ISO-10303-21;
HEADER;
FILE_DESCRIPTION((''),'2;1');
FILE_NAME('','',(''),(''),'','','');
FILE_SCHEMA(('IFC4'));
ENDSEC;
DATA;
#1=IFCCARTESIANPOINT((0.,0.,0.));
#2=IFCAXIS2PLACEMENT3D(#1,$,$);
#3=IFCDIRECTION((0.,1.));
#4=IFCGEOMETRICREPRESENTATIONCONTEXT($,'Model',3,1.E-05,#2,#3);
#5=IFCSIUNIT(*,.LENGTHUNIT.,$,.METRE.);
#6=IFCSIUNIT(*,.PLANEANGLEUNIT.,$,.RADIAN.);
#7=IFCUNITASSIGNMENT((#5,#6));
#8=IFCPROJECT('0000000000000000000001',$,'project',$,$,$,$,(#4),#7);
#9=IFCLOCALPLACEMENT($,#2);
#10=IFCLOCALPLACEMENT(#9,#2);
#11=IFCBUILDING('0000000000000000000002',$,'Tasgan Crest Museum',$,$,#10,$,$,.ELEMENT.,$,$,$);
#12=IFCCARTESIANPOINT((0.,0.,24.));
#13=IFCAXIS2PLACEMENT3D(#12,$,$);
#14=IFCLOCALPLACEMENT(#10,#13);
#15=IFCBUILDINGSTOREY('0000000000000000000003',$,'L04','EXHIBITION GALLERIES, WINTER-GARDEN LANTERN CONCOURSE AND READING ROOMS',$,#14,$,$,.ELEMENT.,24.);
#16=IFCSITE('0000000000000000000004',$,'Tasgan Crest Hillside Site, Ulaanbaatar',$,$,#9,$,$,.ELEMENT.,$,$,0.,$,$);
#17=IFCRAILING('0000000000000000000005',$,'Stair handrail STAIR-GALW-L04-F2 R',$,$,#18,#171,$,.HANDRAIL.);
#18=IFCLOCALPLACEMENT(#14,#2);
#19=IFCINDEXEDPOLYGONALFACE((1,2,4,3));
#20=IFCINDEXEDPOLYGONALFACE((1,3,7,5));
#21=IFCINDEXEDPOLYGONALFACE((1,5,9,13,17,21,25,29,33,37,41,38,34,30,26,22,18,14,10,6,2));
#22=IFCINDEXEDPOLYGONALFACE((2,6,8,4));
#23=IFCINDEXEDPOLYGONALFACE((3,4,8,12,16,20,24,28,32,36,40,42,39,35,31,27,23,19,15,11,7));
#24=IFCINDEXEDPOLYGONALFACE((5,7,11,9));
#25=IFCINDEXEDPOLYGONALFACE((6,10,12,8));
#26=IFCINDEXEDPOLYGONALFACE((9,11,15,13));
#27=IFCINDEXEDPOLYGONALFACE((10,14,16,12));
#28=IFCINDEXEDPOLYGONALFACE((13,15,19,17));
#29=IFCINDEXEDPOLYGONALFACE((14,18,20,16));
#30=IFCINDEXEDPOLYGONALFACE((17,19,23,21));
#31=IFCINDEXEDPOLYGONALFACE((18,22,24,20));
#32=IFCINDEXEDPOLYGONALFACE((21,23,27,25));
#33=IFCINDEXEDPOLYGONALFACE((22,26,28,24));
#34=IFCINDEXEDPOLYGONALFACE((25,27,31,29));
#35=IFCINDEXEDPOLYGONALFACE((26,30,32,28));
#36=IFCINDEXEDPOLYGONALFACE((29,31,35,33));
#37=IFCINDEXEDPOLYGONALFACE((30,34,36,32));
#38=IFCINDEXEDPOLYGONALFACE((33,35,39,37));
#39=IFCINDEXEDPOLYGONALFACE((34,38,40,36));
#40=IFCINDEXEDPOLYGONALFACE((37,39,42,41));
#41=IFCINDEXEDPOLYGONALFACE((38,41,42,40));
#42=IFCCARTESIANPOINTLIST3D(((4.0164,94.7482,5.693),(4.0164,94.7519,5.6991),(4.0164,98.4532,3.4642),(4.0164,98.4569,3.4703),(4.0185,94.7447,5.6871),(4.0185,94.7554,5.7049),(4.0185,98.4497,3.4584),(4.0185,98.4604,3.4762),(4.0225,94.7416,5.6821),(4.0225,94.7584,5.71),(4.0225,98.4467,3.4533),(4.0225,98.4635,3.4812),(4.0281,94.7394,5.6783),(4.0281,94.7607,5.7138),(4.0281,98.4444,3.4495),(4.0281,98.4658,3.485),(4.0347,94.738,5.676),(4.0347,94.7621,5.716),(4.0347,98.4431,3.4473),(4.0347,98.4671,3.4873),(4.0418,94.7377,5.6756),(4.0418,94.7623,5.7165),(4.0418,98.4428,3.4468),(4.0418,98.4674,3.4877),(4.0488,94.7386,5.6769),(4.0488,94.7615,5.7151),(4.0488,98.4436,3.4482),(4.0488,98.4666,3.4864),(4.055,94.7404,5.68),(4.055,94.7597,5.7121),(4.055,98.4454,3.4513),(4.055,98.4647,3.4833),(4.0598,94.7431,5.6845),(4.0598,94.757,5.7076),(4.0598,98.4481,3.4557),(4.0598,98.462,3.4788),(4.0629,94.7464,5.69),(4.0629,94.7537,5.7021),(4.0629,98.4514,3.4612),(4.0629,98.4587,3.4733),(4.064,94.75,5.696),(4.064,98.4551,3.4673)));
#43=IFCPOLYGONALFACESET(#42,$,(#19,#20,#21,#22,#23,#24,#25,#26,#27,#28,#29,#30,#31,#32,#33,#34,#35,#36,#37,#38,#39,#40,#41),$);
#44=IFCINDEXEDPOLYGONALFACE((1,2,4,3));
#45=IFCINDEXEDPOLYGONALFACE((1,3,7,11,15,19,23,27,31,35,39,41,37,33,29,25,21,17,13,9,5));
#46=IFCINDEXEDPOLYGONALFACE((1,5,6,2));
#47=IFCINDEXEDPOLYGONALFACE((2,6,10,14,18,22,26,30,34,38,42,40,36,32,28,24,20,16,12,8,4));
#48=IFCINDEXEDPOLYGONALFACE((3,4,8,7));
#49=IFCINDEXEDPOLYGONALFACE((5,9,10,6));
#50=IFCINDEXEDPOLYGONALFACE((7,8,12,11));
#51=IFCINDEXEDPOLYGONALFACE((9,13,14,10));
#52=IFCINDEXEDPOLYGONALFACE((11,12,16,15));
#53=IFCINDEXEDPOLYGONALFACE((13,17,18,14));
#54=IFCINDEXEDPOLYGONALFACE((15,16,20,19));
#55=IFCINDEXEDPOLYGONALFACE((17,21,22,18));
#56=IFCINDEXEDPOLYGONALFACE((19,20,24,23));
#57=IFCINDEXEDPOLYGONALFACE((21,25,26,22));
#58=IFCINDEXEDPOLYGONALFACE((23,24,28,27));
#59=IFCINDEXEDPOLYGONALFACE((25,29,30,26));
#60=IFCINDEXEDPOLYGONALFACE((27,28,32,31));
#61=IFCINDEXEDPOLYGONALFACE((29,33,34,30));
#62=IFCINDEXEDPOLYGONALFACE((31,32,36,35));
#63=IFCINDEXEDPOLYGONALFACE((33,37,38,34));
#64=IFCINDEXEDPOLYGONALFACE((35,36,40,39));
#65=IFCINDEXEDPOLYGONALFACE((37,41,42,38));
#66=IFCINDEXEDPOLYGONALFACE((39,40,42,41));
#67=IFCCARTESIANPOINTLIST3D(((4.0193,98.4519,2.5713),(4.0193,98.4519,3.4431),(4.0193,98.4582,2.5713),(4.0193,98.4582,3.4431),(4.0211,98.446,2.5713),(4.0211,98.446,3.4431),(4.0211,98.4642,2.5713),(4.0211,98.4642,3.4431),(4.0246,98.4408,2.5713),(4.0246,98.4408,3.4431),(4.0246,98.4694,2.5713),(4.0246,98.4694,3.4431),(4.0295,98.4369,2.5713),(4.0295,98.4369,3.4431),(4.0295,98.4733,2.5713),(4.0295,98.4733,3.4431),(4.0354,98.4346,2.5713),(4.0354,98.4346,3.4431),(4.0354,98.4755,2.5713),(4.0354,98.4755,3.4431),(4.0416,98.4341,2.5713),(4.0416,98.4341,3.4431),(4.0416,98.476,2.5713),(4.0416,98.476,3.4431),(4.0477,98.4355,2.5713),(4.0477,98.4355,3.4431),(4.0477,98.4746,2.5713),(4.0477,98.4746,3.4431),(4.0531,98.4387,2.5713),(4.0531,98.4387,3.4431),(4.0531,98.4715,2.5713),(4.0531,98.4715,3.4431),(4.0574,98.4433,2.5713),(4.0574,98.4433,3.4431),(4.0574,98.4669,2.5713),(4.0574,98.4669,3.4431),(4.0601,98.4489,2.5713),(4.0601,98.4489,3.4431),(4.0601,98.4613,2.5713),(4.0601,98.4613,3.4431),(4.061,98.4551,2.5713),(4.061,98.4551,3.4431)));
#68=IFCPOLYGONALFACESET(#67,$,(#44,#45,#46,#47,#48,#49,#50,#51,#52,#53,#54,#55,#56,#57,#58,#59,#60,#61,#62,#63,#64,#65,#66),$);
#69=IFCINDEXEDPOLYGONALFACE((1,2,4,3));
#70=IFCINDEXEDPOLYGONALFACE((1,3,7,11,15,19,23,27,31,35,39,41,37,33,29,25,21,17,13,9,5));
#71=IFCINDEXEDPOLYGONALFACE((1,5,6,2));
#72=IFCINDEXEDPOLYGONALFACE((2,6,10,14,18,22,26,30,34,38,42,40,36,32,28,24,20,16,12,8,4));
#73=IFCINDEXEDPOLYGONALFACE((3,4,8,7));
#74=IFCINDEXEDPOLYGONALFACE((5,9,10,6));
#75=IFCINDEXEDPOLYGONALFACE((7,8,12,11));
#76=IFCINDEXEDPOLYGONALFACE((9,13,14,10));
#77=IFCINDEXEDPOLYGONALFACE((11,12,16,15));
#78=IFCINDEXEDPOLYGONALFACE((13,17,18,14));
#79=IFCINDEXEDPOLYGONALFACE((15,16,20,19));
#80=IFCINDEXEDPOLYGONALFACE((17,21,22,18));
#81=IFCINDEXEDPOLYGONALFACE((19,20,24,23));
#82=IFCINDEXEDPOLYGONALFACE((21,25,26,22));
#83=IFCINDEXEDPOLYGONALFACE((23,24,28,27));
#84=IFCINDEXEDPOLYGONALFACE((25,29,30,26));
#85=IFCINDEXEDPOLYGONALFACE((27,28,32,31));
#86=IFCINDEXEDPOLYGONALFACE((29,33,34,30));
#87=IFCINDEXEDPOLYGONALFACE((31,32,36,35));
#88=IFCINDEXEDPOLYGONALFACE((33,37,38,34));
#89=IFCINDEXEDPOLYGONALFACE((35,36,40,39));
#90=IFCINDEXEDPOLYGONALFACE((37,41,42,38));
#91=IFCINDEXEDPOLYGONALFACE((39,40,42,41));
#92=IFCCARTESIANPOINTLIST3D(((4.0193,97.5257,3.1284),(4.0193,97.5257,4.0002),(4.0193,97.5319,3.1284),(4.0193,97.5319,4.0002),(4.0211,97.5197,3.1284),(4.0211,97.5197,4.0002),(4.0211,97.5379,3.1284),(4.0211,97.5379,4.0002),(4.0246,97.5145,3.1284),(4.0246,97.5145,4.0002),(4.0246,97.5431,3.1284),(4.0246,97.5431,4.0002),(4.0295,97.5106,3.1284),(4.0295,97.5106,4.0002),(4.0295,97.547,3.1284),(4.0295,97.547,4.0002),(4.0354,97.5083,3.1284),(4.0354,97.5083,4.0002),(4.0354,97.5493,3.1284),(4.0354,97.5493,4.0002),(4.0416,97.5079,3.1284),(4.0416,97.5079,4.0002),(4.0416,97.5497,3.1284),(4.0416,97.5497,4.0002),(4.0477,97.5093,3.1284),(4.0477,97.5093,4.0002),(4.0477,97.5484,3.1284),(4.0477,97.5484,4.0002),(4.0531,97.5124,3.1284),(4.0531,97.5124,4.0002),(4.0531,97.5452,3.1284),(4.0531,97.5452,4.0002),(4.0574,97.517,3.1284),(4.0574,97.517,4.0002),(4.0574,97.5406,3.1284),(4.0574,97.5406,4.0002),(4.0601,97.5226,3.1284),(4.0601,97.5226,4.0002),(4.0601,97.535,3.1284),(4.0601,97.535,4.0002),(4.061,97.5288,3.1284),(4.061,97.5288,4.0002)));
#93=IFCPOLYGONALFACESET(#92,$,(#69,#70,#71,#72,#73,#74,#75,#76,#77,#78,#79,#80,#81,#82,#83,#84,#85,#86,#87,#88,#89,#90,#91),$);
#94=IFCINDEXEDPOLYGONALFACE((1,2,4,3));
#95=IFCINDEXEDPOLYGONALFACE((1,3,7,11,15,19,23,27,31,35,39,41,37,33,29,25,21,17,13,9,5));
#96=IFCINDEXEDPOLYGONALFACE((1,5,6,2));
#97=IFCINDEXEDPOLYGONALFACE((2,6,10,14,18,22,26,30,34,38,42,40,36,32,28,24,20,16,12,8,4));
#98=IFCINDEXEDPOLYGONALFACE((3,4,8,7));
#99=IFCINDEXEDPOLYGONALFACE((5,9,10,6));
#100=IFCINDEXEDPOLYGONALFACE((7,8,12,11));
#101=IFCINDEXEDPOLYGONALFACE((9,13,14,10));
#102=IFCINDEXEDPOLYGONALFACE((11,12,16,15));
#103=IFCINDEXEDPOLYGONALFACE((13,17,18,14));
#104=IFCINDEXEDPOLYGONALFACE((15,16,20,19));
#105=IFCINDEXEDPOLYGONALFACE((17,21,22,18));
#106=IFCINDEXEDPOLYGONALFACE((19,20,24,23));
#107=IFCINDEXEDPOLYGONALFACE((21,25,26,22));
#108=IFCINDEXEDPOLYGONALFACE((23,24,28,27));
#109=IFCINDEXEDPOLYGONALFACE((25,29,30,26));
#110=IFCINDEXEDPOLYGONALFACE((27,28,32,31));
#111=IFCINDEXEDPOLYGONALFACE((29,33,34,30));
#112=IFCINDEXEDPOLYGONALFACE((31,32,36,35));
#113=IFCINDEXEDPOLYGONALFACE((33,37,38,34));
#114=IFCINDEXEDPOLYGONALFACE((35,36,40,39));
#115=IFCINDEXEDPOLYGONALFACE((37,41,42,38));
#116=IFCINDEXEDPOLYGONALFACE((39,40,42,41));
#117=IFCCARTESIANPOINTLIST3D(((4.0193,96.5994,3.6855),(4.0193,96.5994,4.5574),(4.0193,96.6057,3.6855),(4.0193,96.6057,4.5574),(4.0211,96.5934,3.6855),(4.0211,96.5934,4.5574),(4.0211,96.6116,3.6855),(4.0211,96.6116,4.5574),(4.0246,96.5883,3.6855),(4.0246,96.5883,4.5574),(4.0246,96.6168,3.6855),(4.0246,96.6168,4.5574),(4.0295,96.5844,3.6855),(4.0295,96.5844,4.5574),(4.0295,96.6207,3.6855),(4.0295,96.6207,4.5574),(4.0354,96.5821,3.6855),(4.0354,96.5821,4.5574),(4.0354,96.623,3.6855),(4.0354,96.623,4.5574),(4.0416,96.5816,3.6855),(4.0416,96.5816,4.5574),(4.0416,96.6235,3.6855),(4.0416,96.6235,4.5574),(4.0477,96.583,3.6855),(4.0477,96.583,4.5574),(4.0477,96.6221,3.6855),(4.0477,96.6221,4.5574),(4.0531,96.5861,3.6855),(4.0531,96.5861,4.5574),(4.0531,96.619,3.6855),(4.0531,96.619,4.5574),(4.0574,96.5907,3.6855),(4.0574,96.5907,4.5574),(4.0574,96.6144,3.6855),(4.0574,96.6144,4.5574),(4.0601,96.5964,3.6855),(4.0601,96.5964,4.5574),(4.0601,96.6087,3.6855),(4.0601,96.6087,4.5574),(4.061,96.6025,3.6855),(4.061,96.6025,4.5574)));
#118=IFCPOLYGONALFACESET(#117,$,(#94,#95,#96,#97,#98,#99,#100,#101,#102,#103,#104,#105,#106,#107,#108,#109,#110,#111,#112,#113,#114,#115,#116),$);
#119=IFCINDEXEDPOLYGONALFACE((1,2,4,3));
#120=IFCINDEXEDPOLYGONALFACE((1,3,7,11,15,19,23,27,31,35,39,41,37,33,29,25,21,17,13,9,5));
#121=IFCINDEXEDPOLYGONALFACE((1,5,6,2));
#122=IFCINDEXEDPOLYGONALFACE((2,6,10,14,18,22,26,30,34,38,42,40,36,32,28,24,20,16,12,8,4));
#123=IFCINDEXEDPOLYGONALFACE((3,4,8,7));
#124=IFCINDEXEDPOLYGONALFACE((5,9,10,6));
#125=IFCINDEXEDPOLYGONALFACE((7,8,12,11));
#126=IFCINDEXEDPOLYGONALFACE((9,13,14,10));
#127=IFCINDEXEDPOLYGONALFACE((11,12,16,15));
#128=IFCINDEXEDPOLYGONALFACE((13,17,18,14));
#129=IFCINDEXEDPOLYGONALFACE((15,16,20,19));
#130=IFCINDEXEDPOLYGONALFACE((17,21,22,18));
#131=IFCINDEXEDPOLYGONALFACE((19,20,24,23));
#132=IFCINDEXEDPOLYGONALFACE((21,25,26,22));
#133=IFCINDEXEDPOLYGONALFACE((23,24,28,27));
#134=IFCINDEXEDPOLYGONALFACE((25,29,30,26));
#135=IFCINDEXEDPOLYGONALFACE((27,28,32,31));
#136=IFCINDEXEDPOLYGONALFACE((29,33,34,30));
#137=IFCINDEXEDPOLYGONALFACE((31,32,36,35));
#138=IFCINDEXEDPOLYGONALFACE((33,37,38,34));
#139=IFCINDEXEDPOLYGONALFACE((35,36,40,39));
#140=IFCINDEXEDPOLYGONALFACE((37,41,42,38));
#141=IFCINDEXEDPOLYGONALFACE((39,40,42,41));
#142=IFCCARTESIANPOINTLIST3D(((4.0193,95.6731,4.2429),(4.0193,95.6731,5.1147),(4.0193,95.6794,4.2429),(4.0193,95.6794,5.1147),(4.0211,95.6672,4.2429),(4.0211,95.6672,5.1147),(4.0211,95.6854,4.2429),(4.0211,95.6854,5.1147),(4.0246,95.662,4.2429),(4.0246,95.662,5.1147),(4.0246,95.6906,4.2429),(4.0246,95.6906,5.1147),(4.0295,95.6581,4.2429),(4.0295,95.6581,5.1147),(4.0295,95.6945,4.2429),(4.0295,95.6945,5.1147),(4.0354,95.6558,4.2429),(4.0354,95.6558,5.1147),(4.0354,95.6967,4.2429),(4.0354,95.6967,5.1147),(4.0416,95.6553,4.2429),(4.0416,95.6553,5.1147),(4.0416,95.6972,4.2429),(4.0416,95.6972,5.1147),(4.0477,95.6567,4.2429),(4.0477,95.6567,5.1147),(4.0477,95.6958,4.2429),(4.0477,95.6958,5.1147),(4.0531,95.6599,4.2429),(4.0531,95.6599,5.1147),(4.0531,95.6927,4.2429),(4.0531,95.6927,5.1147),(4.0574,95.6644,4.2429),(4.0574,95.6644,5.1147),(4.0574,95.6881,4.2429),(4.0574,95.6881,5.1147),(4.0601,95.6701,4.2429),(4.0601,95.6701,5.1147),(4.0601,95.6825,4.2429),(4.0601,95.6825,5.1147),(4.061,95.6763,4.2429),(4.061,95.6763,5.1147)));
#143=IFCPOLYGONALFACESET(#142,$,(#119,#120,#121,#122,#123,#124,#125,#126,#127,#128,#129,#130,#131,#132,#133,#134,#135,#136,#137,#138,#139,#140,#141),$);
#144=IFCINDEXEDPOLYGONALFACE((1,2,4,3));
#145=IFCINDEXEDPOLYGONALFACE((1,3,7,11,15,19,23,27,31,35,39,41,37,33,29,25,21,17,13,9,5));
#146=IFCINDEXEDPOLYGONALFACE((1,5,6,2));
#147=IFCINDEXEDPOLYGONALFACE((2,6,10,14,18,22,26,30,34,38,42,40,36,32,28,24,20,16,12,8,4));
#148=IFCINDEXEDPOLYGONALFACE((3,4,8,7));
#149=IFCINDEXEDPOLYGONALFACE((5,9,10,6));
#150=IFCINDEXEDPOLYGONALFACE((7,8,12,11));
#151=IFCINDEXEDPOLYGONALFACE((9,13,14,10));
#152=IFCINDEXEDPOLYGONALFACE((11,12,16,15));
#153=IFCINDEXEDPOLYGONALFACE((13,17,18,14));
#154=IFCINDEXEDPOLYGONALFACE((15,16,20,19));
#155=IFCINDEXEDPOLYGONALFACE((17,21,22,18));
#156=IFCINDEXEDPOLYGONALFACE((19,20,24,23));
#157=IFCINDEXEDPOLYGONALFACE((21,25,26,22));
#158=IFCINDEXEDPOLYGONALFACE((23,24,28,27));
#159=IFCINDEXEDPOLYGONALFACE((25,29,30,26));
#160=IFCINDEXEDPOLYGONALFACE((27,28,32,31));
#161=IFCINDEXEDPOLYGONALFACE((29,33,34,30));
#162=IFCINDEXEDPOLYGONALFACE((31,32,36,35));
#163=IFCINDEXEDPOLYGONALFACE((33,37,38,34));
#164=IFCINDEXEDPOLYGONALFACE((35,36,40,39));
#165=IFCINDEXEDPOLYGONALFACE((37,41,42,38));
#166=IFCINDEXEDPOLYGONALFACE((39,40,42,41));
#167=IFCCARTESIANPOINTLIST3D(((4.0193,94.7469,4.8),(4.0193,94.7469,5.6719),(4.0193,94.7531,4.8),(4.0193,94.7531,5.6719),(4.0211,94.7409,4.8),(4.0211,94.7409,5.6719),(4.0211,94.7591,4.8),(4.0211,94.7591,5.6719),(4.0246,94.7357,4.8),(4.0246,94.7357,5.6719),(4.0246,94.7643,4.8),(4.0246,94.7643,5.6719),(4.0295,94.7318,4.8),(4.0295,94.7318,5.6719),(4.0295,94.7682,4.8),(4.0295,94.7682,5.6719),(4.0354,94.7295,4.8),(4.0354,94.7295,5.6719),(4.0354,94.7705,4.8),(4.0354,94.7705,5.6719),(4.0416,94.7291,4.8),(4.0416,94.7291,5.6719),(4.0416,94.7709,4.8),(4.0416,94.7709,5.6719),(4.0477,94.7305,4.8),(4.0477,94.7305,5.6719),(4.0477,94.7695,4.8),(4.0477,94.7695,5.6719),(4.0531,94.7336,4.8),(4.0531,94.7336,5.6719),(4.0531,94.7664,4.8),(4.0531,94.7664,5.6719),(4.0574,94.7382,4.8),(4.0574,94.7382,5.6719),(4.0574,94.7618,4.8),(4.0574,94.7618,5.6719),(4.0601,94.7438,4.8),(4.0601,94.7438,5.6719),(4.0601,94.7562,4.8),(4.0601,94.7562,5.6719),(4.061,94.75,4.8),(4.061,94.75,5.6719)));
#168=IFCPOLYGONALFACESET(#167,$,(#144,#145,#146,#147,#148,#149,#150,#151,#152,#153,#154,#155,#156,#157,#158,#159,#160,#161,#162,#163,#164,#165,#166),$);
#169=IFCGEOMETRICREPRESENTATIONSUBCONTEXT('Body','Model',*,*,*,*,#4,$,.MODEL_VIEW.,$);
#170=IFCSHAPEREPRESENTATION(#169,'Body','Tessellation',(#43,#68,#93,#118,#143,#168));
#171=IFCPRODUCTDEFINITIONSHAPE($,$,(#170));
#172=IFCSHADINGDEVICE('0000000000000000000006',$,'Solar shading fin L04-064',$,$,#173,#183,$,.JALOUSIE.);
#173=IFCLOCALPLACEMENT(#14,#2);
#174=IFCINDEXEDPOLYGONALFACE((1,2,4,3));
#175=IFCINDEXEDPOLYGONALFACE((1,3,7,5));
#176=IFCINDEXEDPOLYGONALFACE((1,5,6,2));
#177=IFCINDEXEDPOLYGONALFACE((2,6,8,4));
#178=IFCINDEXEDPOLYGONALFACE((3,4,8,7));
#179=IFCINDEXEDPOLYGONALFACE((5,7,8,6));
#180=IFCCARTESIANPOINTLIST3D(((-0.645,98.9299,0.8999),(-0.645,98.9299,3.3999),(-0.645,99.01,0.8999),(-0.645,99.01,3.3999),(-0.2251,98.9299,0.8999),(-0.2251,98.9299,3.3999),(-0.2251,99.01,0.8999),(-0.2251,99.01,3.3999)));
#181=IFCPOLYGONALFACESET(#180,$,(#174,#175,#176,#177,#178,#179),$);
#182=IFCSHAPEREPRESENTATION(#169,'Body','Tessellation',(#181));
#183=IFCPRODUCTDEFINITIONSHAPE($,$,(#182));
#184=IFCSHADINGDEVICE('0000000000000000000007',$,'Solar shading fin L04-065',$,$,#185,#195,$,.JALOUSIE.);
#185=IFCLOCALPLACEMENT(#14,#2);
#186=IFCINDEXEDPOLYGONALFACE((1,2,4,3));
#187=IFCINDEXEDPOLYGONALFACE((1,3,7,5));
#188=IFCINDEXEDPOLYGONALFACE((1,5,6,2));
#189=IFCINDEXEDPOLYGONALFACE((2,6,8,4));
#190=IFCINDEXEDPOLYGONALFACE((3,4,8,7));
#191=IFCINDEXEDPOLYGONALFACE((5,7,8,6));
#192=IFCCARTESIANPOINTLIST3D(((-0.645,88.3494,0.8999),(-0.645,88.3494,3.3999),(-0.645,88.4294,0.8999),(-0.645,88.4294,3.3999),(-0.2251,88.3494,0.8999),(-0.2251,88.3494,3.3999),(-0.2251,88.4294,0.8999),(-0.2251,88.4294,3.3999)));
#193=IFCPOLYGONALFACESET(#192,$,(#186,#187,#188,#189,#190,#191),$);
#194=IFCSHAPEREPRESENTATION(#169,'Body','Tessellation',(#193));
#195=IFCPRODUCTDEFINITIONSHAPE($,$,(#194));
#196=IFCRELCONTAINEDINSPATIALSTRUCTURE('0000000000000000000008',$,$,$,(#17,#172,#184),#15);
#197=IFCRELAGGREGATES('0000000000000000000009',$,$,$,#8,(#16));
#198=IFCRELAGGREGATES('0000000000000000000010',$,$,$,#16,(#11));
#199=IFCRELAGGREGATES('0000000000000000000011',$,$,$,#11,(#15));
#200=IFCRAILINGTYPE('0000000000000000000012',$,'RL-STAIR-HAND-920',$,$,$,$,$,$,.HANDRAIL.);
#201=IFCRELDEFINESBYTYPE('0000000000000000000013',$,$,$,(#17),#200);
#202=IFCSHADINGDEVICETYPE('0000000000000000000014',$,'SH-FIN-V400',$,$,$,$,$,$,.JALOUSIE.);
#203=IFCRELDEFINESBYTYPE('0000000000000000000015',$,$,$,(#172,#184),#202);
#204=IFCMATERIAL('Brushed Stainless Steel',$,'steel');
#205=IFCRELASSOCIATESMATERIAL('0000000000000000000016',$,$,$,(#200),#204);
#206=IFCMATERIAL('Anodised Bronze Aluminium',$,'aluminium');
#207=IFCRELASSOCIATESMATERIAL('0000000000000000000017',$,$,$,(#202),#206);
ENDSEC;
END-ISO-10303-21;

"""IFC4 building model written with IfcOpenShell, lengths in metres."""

from ifc_helpers import new_model, si_unit, direction, frame, origin, origin_2d, place, context, subcontext, project, spatial, rectangle, circle, extrude, material, type_object, element, save


model = new_model("IFC4")

# Units and contexts
model_context = context("Model", 3, precision=1e-05, world=origin(), true_north=direction((0.0, 1.0)))
body_context = subcontext(model_context, "Body", "Model", "MODEL_VIEW")
ifc_project = project(units=[si_unit("LENGTHUNIT", "METRE"), si_unit("PLANEANGLEUNIT", "RADIAN")], contexts=[model_context])

# Site, building, storey
site_placement = place(None, origin())
site = spatial("IfcSite", under=ifc_project, at=site_placement, Name="Tasgan Crest Hillside Site, Ulaanbaatar", CompositionType="ELEMENT", RefElevation=0.0)
building_placement = place(site_placement, origin())
building = spatial("IfcBuilding", under=site, at=building_placement, Name="Tasgan Crest Museum", CompositionType="ELEMENT")
storey_placement = place(building_placement, frame((0.0, 0.0, 24.0)))
storey = spatial("IfcBuildingStorey", under=building, at=storey_placement, Name="L04", Description="EXHIBITION GALLERIES, WINTER-GARDEN LANTERN CONCOURSE AND READING ROOMS", CompositionType="ELEMENT", Elevation=24.0)

# Railing
ifc_material_1 = material(Name="Brushed Stainless Steel", Category="steel")
railing_type_1 = type_object("IfcRailingType", Name="RL-STAIR-HAND-920", PredefinedType="HANDRAIL", material=ifc_material_1)
railing_1_placement = place(storey_placement, frame((4.04, 98.4551, 2.5713)))
element("IfcRailing", 1, at=railing_1_placement, inside=storey, type_object=railing_type_1, Name="Stair handrail STAIR-GALW-L04-F2 R", PredefinedType="HANDRAIL", context=body_context, shape_type="SweptSolid", body=[
    extrude(circle(Radius=0.0239, at=origin_2d()), frame((0.0, 0.0, 0.896), z_axis=(0.0, -0.856909, 0.515467), x_axis=(1.0, 0.0, 0.0)), (0.0, 0.0, 1.0), 4.3237),
    extrude(circle(Radius=0.021, at=origin_2d()), origin(), (0.0, 0.0, 1.0), 0.8718),
    extrude(circle(Radius=0.021, at=origin_2d()), frame((0.0, -0.9263, 0.5571)), (0.0, 0.0, 1.0), 0.8718),
    extrude(circle(Radius=0.021, at=origin_2d()), frame((0.0, -1.8525, 1.1143)), (0.0, 0.0, 1.0), 0.8718),
    extrude(circle(Radius=0.021, at=origin_2d()), frame((0.0, -2.7788, 1.6716)), (0.0, 0.0, 1.0), 0.8718),
    extrude(circle(Radius=0.021, at=origin_2d()), frame((0.0, -3.7051, 2.2288)), (0.0, 0.0, 1.0), 0.8718),
])

# Shading devices
ifc_material_2 = material(Name="Anodised Bronze Aluminium", Category="aluminium")
shading_device_type = type_object("IfcShadingDeviceType", Name="SH-FIN-V400", PredefinedType="JALOUSIE", material=ifc_material_2)
for number, where, z_axis, x_axis, name in (
    (2, (-0.4351, 98.97, 0.8999), (0.0, 0.0, 1.0), (0.0, -1.0, 0.0), "Solar shading fin L04-064"),
    (3, (-0.4351, 88.3894, 0.8999), (0.0, 0.0, 1.0), (0.0, -1.0, 0.0), "Solar shading fin L04-065"),
):
    element("IfcShadingDevice", number, at=place(storey_placement, frame(where, z_axis=z_axis, x_axis=x_axis)), inside=storey, type_object=shading_device_type, Name=name, PredefinedType="JALOUSIE", context=body_context, shape_type="SweptSolid", body=[
        extrude(rectangle(XDim=0.0801, YDim=0.4199, at=origin_2d()), origin(), (0.0, 0.0, 1.0), 2.5),
    ])

save(model, "model.ifc")
